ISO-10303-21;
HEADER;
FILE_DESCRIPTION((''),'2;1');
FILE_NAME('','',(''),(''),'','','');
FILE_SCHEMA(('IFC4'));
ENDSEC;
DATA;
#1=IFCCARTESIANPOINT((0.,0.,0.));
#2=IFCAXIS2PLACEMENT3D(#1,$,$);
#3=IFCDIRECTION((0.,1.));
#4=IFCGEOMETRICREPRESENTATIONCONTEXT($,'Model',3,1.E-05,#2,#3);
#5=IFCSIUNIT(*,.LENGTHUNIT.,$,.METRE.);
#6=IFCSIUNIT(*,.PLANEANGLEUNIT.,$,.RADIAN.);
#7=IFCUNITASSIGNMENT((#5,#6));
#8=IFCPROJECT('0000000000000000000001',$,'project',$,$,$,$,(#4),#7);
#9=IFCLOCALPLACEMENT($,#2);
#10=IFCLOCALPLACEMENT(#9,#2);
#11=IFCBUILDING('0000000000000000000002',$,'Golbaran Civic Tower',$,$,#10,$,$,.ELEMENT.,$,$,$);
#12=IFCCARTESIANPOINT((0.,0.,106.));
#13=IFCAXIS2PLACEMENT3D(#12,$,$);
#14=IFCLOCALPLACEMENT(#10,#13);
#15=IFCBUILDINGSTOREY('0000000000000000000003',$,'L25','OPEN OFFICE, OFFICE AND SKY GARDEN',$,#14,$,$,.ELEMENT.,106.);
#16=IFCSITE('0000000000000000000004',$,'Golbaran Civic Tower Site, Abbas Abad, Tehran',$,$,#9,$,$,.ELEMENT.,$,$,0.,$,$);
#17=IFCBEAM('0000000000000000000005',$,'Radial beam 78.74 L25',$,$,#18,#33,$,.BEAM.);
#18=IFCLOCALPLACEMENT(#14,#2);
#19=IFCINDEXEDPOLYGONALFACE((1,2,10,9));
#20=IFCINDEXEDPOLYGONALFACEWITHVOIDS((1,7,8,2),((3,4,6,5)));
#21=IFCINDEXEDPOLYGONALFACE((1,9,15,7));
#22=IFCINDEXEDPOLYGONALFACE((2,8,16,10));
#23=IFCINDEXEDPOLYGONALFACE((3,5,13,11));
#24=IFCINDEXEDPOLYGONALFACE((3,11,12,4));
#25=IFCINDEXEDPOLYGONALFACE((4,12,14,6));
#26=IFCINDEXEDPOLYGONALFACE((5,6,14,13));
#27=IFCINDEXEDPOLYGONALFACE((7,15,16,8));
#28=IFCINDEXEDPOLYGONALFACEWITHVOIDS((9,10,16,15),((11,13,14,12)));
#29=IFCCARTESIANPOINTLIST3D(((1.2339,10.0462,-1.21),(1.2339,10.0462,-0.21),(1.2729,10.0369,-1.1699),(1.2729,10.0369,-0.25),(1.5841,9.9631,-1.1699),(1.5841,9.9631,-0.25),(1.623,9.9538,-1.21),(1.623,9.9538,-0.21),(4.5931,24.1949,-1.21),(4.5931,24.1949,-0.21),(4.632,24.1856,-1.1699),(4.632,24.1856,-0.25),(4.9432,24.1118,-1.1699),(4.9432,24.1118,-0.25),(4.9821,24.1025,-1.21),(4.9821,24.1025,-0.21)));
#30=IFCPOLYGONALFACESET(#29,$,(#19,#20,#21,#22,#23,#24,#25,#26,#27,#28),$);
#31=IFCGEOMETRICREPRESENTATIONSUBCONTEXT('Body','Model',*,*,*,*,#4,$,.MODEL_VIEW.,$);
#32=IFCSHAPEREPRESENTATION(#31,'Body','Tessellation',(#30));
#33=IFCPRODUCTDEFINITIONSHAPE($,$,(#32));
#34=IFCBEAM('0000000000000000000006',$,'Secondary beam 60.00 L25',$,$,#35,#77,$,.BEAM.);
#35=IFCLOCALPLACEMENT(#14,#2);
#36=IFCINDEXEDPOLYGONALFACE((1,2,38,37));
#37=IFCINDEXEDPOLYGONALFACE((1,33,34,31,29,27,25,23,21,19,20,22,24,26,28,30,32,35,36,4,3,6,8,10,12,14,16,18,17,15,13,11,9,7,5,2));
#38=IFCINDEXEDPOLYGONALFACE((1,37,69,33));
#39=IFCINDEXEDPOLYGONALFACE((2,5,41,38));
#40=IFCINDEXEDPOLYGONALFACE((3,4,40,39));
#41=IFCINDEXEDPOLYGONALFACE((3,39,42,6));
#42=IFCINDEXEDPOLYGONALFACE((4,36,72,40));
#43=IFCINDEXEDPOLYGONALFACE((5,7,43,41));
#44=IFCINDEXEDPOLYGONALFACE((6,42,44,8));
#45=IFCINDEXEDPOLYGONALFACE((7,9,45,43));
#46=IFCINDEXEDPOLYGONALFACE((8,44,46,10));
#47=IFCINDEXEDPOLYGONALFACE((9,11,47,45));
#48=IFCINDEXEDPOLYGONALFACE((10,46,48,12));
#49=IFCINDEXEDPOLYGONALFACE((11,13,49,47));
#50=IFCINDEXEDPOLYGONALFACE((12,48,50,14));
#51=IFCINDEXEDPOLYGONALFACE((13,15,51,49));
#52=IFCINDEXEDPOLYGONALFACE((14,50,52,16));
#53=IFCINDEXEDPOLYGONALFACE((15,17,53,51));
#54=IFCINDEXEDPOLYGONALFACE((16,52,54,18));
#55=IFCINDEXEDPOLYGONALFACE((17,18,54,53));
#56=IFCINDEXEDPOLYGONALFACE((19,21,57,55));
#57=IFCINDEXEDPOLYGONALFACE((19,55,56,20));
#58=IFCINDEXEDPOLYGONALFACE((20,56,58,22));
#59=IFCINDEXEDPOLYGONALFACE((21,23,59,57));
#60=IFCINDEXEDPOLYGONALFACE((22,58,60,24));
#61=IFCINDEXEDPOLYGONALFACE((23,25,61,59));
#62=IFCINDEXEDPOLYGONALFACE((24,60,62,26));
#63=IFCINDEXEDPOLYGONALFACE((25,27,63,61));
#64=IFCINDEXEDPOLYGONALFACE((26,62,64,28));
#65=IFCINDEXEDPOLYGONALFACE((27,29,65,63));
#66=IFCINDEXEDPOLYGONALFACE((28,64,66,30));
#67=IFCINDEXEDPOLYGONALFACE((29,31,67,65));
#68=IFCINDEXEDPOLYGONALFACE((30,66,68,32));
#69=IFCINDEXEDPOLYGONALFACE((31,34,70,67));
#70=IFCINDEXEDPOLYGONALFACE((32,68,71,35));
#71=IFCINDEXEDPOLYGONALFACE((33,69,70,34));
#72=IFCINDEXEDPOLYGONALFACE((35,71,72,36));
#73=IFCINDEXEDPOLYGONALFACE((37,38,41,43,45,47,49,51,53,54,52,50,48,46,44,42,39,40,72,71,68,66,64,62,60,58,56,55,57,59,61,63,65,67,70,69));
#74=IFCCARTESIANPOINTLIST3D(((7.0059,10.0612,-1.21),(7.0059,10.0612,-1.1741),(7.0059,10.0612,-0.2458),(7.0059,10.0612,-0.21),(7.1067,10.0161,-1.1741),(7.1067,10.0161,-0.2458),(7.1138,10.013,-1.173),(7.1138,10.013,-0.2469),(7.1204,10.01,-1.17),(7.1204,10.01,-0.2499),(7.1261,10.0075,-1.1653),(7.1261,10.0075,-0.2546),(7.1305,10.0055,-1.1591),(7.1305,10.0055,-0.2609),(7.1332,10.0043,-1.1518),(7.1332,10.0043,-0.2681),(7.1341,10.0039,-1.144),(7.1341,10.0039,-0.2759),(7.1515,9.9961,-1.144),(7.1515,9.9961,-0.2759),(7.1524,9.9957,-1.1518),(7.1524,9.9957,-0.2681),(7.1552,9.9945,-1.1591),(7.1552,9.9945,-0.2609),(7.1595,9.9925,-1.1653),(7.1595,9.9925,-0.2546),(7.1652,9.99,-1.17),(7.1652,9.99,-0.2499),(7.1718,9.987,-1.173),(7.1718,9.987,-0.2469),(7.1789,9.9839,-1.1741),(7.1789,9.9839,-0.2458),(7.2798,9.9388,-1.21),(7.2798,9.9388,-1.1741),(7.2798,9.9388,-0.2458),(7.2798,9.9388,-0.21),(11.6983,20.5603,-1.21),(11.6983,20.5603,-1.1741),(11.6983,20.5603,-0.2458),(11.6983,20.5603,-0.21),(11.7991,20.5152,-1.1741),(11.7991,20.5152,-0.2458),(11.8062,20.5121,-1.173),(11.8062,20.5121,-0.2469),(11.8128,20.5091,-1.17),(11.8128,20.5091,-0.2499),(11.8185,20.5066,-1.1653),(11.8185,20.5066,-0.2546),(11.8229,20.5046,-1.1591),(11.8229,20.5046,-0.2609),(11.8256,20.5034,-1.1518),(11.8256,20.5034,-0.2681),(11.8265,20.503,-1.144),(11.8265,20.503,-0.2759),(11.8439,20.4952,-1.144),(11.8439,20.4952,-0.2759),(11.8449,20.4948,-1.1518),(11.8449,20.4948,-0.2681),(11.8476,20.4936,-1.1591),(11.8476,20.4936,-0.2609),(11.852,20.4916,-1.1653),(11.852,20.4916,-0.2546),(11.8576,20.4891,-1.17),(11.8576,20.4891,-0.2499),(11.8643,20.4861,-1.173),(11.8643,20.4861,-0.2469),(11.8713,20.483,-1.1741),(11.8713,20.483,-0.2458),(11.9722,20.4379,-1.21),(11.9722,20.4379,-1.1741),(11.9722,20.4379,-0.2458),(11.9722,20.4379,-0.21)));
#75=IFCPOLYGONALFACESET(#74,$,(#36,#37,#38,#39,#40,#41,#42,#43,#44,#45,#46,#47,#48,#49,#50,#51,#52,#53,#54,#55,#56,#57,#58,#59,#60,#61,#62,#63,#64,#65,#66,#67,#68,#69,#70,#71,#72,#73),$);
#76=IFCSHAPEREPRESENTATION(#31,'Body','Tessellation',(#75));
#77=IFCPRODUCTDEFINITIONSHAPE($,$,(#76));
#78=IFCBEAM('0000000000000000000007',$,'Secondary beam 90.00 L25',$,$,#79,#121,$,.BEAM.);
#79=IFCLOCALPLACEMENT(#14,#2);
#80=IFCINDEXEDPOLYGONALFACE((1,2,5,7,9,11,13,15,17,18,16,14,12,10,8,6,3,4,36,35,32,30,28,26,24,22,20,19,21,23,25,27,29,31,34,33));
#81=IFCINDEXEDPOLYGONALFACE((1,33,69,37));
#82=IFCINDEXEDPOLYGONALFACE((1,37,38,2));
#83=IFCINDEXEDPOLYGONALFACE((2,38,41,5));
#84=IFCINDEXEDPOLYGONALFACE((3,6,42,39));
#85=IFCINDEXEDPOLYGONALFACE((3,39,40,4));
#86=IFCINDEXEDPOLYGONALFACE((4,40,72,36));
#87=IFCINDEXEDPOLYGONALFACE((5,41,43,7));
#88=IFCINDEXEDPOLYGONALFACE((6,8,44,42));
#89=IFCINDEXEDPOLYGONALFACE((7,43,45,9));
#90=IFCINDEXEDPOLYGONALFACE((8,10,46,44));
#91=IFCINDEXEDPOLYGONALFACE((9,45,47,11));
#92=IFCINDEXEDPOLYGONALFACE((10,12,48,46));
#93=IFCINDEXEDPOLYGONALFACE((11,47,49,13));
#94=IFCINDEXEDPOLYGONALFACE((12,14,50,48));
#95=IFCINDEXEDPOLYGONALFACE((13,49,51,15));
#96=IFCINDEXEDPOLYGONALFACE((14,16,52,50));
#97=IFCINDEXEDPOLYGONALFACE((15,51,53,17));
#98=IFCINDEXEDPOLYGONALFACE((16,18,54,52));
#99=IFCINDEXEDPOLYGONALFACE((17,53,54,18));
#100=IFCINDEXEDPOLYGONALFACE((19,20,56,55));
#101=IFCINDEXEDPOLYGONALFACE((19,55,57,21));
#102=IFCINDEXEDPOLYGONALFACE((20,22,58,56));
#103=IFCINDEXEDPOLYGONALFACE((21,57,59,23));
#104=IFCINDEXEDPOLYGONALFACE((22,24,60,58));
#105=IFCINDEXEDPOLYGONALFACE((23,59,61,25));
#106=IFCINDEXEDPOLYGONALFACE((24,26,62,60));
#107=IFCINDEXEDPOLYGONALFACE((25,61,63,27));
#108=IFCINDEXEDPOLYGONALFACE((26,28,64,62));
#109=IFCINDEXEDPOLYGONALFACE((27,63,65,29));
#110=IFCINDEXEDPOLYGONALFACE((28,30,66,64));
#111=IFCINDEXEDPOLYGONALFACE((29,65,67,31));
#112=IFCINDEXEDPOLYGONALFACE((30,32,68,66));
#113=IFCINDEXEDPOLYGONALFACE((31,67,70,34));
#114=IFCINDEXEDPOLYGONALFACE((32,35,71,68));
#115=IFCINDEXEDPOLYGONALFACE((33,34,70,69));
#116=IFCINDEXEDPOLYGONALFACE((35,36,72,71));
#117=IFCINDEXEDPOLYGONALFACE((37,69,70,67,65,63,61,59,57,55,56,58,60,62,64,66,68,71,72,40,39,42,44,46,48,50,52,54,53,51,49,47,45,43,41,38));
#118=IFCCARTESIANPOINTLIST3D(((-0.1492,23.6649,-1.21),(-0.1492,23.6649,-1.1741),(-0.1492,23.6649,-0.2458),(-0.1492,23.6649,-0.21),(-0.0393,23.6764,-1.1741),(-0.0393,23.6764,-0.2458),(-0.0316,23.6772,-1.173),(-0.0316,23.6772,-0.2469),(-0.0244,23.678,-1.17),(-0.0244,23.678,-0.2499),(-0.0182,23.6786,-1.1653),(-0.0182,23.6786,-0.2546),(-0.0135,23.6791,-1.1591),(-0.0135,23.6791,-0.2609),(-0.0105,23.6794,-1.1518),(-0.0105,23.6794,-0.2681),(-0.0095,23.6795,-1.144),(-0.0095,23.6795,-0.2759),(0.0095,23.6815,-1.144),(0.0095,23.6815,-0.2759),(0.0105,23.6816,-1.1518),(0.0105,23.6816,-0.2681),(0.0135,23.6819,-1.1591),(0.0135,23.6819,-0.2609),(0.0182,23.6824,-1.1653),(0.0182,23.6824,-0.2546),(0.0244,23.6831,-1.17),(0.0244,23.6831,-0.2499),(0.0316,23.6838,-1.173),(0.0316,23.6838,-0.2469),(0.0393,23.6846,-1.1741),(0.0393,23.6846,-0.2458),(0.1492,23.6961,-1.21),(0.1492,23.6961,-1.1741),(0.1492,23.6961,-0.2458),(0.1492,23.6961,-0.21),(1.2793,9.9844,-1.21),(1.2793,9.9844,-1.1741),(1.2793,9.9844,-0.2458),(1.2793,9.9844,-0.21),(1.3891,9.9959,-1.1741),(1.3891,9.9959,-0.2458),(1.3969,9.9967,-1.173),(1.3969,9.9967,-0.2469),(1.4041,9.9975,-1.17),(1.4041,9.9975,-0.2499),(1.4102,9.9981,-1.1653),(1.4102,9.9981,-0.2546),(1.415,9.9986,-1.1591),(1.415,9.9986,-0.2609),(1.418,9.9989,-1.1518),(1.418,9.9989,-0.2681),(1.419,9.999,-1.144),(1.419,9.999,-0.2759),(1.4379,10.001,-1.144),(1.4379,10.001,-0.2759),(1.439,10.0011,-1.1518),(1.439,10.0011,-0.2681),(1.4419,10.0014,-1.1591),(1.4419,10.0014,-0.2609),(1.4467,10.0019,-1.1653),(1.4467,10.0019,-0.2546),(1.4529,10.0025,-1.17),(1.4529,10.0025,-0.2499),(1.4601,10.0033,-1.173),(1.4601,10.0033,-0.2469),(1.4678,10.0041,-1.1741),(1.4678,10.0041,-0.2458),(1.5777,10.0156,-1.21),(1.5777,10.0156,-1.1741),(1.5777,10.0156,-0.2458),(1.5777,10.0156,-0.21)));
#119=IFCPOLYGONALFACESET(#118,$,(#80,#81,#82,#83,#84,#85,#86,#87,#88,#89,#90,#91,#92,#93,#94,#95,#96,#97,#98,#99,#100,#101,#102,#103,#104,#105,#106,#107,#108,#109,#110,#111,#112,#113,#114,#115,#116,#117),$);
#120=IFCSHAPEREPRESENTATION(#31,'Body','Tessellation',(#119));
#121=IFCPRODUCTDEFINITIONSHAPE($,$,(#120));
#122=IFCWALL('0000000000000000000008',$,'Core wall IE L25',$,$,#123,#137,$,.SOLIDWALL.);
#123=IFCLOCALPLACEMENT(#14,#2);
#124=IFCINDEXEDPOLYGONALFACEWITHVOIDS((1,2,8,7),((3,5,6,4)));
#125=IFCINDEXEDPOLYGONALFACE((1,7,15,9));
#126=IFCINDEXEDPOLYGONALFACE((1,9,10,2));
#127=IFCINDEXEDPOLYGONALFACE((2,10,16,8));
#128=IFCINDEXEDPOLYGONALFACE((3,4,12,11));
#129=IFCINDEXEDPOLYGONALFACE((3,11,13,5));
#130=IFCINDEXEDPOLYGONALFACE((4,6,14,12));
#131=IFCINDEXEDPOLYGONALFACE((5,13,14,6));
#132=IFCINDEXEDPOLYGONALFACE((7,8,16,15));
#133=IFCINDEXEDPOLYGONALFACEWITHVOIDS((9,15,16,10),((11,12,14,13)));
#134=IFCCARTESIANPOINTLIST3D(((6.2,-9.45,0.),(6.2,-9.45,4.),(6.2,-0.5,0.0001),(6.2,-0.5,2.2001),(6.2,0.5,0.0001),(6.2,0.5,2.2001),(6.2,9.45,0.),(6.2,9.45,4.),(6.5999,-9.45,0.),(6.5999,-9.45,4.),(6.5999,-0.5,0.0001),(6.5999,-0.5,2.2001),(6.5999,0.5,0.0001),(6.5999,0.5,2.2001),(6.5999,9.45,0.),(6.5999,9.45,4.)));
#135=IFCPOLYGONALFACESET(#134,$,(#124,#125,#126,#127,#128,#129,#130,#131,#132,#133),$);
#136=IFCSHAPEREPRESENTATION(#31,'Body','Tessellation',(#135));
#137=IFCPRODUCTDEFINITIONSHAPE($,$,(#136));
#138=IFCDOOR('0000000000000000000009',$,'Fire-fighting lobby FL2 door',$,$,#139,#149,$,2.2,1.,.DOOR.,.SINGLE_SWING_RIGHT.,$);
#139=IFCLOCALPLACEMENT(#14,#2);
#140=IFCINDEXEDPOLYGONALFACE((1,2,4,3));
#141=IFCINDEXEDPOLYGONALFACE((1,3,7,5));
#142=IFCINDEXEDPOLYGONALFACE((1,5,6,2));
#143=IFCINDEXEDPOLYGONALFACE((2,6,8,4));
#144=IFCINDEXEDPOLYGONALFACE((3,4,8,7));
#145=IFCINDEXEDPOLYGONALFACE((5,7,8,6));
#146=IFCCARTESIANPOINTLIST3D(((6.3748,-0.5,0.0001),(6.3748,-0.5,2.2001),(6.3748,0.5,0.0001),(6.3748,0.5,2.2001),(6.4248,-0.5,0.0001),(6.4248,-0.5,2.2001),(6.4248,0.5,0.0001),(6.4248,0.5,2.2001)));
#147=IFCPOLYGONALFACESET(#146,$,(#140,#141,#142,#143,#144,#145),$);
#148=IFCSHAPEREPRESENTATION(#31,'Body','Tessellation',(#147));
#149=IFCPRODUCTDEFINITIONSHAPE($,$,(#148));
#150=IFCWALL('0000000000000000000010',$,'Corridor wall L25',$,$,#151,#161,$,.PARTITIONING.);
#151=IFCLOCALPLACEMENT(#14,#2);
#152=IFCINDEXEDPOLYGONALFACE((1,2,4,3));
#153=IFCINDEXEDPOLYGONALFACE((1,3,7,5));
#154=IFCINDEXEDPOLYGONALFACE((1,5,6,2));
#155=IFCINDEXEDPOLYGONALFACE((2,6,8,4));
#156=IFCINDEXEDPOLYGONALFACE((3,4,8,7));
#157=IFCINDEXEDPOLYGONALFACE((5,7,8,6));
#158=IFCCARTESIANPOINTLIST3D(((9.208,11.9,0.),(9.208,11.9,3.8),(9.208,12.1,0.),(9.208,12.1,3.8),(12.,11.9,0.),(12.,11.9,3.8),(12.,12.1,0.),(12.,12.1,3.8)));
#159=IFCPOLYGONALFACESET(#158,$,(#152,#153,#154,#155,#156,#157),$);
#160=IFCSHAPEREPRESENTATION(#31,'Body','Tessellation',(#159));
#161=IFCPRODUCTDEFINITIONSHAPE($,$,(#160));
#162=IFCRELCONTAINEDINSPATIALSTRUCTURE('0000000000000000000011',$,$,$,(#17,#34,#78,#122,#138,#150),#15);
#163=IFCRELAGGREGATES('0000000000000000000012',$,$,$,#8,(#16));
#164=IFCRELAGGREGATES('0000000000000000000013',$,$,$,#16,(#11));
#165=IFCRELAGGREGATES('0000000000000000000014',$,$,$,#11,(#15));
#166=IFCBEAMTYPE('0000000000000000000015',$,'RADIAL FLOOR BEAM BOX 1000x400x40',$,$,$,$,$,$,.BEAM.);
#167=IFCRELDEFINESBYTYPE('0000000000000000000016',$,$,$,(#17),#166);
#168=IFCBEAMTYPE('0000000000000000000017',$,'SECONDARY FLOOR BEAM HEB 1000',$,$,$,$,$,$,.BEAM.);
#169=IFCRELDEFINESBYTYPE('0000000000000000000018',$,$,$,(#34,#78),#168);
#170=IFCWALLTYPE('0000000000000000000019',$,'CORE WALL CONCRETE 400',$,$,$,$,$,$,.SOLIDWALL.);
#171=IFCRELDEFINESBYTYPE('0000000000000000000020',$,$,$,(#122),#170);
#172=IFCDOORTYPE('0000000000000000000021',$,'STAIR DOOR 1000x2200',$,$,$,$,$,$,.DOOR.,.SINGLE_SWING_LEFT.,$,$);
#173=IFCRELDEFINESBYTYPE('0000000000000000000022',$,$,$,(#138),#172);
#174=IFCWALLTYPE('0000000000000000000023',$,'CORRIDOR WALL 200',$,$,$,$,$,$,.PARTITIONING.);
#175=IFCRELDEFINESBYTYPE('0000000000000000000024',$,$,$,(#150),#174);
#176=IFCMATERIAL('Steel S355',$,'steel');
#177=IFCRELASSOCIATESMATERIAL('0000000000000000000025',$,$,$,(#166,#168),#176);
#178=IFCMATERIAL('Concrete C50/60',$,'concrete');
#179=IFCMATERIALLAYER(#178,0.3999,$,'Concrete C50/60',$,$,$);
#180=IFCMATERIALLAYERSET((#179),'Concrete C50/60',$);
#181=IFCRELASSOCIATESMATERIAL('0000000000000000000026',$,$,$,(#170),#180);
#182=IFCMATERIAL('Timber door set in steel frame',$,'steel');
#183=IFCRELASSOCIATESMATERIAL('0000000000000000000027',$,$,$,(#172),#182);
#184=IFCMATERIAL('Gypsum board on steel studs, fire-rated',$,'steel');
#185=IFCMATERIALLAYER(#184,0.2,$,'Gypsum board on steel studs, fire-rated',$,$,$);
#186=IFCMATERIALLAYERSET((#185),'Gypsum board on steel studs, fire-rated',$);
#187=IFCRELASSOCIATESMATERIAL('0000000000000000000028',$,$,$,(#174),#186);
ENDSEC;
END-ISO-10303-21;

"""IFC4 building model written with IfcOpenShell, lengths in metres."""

from ifc_helpers import new_model, si_unit, direction, frame, frame_2d, origin, origin_2d, place, context, subcontext, project, spatial, rectangle, hollow_rectangle, i_section, extrude, material, layer, layer_set, material_profile, profile_set, type_object, element, fill, save


model = new_model("IFC4")

# Units and contexts
model_context = context("Model", 3, precision=1e-05, world=origin(), true_north=direction((0.0, 1.0)))
body_context = subcontext(model_context, "Body", "Model", "MODEL_VIEW")
ifc_project = project(units=[si_unit("LENGTHUNIT", "METRE"), si_unit("PLANEANGLEUNIT", "RADIAN")], contexts=[model_context])

# Site, building, storey
site_placement = place(None, origin())
site = spatial("IfcSite", under=ifc_project, at=site_placement, Name="Golbaran Civic Tower Site, Abbas Abad, Tehran", CompositionType="ELEMENT", RefElevation=0.0)
building_placement = place(site_placement, origin())
building = spatial("IfcBuilding", under=site, at=building_placement, Name="Golbaran Civic Tower", CompositionType="ELEMENT")
storey_placement = place(building_placement, frame((0.0, 0.0, 106.0)))
storey = spatial("IfcBuildingStorey", under=building, at=storey_placement, Name="L25", Description="OPEN OFFICE, OFFICE AND SKY GARDEN", CompositionType="ELEMENT", Elevation=106.0)

# Beams
ifc_material_1 = material(Name="Steel S355", Category="steel")
ifc_material_profile_1 = material_profile(ifc_material_1, hollow_rectangle(XDim=0.3999, YDim=1.0, WallThickness=0.04, at=origin_2d()), Name="BOX 1000x400x40")
ifc_profile_set_1 = profile_set([ifc_material_profile_1], Name="Steel S355")
beam_type_1 = type_object("IfcBeamType", Name="RADIAL FLOOR BEAM BOX 1000x400x40", PredefinedType="BEAM", material=ifc_profile_set_1)
beam_1_placement = place(storey_placement, frame((1.4285, 10.0, -0.71), z_axis=(0.230996, 0.972955, 0.0), x_axis=(-0.972955, 0.230996, 0.0)))
element("IfcBeam", 1, at=beam_1_placement, inside=storey, type_object=beam_type_1, Name="Radial beam 78.74 L25", PredefinedType="BEAM", context=body_context, shape_type="SweptSolid", body=[
    extrude(hollow_rectangle(XDim=0.3999, YDim=1.0, WallThickness=0.04, at=origin_2d()), origin(), (0.0, 0.0, 1.0), 14.542),
])
ifc_material_profile_2 = material_profile(ifc_material_1, i_section(OverallWidth=0.3, OverallDepth=1.0, WebThickness=0.019, FlangeThickness=0.0359, FilletRadius=0.03, at=origin_2d()), Name="HEB 1000")
ifc_profile_set_2 = profile_set([ifc_material_profile_2], Name="Steel S355")
beam_type_2 = type_object("IfcBeamType", Name="SECONDARY FLOOR BEAM HEB 1000", PredefinedType="BEAM", material=ifc_profile_set_2)
beam_2_placement = place(storey_placement, frame((7.1428, 10.0, -0.71), z_axis=(0.408036, 0.912966, 0.0), x_axis=(-0.912966, 0.408036, 0.0)))
element("IfcBeam", 2, at=beam_2_placement, inside=storey, type_object=beam_type_2, Name="Secondary beam 60.00 L25", PredefinedType="BEAM", context=body_context, shape_type="SweptSolid", body=[
    extrude(i_section(OverallWidth=0.3, OverallDepth=1.0, WebThickness=0.019, FlangeThickness=0.0359, FilletRadius=0.03, at=origin_2d()), origin(), (0.0, 0.0, 1.0), 11.5),
])
beam_3_placement = place(storey_placement, frame((1.4285, 10.0, -0.71), z_axis=(-0.103852, 0.994593, 0.0), x_axis=(-0.994593, -0.103852, 0.0)))
element("IfcBeam", 3, at=beam_3_placement, inside=storey, type_object=beam_type_2, Name="Secondary beam 90.00 L25", PredefinedType="BEAM", context=body_context, shape_type="SweptSolid", body=[
    extrude(i_section(OverallWidth=0.3, OverallDepth=1.0, WebThickness=0.019, FlangeThickness=0.0359, FilletRadius=0.03, at=origin_2d()), origin(), (0.0, 0.0, 1.0), 13.7549),
])

# Wall, opening, door
ifc_material_2 = material(Name="Concrete C50/60", Category="concrete")
ifc_layer_1 = layer(ifc_material_2, 0.3999, Name="Concrete C50/60")
ifc_layer_set_1 = layer_set([ifc_layer_1], Name="Concrete C50/60")
wall_type_1 = type_object("IfcWallType", Name="CORE WALL CONCRETE 400", PredefinedType="SOLIDWALL", material=ifc_layer_set_1)
wall_1_placement = place(storey_placement, frame((6.3999, 9.45, 0.0), z_axis=(0.0, 0.0, 1.0), x_axis=(0.0, -1.0, 0.0)))
wall_1 = element("IfcWall", 4, at=wall_1_placement, inside=storey, type_object=wall_type_1, Name="Core wall IE L25", PredefinedType="SOLIDWALL", context=body_context, shape_type="SweptSolid", body=[
    extrude(rectangle(XDim=18.8999, YDim=0.3999, at=frame_2d((9.45, 0.0))), origin(), (0.0, 0.0, 1.0), 4.0),
])
opening_1_placement = place(wall_1_placement, frame((8.95, 0.0, 0.0)))
opening_1 = element("IfcOpeningElement", 5, at=opening_1_placement, cuts=wall_1, PredefinedType="OPENING", context=body_context, shape_type="SweptSolid", body=[
    extrude(rectangle(XDim=1.0, YDim=2.2, at=frame_2d((0.5, 1.1001))), frame((0.0, 0.21, 0.0), z_axis=(0.0, -1.0, 0.0), x_axis=(1.0, 0.0, 0.0)), (0.0, 0.0, 1.0), 0.4199),
])
ifc_material_3 = material(Name="Timber door set in steel frame", Category="steel")
door_type_1 = type_object("IfcDoorType", Name="STAIR DOOR 1000x2200", OperationType="SINGLE_SWING_LEFT", PredefinedType="DOOR", material=ifc_material_3)
door_1_placement = place(opening_1_placement, origin())
door_1 = element("IfcDoor", 6, at=door_1_placement, inside=storey, type_object=door_type_1, Name="Fire-fighting lobby FL2 door", OperationType="SINGLE_SWING_RIGHT", OverallHeight=2.2, OverallWidth=1.0, PredefinedType="DOOR", context=body_context, shape_type="SweptSolid", body=[
    extrude(rectangle(XDim=1.0, YDim=2.2, at=frame_2d((0.5, 1.1001))), frame((0.0, 0.0249, 0.0), z_axis=(0.0, -1.0, 0.0), x_axis=(1.0, 0.0, 0.0)), (0.0, 0.0, 1.0), 0.05),
])
fill(opening_1, door_1)

# Wall
ifc_material_4 = material(Name="Gypsum board on steel studs, fire-rated", Category="steel")
ifc_layer_2 = layer(ifc_material_4, 0.2, Name="Gypsum board on steel studs, fire-rated")
ifc_layer_set_2 = layer_set([ifc_layer_2], Name="Gypsum board on steel studs, fire-rated")
wall_type_2 = type_object("IfcWallType", Name="CORRIDOR WALL 200", PredefinedType="PARTITIONING", material=ifc_layer_set_2)
wall_2_placement = place(storey_placement, frame((12.0, 12.0, 0.0), z_axis=(0.0, 0.0, 1.0), x_axis=(-1.0, 0.0, 0.0)))
element("IfcWall", 7, at=wall_2_placement, inside=storey, type_object=wall_type_2, Name="Corridor wall L25", PredefinedType="PARTITIONING", context=body_context, shape_type="SweptSolid", body=[
    extrude(rectangle(XDim=2.792, YDim=0.2, at=frame_2d((1.396, 0.0))), origin(), (0.0, 0.0, 1.0), 3.8),
])

save(model, "model.ifc")
